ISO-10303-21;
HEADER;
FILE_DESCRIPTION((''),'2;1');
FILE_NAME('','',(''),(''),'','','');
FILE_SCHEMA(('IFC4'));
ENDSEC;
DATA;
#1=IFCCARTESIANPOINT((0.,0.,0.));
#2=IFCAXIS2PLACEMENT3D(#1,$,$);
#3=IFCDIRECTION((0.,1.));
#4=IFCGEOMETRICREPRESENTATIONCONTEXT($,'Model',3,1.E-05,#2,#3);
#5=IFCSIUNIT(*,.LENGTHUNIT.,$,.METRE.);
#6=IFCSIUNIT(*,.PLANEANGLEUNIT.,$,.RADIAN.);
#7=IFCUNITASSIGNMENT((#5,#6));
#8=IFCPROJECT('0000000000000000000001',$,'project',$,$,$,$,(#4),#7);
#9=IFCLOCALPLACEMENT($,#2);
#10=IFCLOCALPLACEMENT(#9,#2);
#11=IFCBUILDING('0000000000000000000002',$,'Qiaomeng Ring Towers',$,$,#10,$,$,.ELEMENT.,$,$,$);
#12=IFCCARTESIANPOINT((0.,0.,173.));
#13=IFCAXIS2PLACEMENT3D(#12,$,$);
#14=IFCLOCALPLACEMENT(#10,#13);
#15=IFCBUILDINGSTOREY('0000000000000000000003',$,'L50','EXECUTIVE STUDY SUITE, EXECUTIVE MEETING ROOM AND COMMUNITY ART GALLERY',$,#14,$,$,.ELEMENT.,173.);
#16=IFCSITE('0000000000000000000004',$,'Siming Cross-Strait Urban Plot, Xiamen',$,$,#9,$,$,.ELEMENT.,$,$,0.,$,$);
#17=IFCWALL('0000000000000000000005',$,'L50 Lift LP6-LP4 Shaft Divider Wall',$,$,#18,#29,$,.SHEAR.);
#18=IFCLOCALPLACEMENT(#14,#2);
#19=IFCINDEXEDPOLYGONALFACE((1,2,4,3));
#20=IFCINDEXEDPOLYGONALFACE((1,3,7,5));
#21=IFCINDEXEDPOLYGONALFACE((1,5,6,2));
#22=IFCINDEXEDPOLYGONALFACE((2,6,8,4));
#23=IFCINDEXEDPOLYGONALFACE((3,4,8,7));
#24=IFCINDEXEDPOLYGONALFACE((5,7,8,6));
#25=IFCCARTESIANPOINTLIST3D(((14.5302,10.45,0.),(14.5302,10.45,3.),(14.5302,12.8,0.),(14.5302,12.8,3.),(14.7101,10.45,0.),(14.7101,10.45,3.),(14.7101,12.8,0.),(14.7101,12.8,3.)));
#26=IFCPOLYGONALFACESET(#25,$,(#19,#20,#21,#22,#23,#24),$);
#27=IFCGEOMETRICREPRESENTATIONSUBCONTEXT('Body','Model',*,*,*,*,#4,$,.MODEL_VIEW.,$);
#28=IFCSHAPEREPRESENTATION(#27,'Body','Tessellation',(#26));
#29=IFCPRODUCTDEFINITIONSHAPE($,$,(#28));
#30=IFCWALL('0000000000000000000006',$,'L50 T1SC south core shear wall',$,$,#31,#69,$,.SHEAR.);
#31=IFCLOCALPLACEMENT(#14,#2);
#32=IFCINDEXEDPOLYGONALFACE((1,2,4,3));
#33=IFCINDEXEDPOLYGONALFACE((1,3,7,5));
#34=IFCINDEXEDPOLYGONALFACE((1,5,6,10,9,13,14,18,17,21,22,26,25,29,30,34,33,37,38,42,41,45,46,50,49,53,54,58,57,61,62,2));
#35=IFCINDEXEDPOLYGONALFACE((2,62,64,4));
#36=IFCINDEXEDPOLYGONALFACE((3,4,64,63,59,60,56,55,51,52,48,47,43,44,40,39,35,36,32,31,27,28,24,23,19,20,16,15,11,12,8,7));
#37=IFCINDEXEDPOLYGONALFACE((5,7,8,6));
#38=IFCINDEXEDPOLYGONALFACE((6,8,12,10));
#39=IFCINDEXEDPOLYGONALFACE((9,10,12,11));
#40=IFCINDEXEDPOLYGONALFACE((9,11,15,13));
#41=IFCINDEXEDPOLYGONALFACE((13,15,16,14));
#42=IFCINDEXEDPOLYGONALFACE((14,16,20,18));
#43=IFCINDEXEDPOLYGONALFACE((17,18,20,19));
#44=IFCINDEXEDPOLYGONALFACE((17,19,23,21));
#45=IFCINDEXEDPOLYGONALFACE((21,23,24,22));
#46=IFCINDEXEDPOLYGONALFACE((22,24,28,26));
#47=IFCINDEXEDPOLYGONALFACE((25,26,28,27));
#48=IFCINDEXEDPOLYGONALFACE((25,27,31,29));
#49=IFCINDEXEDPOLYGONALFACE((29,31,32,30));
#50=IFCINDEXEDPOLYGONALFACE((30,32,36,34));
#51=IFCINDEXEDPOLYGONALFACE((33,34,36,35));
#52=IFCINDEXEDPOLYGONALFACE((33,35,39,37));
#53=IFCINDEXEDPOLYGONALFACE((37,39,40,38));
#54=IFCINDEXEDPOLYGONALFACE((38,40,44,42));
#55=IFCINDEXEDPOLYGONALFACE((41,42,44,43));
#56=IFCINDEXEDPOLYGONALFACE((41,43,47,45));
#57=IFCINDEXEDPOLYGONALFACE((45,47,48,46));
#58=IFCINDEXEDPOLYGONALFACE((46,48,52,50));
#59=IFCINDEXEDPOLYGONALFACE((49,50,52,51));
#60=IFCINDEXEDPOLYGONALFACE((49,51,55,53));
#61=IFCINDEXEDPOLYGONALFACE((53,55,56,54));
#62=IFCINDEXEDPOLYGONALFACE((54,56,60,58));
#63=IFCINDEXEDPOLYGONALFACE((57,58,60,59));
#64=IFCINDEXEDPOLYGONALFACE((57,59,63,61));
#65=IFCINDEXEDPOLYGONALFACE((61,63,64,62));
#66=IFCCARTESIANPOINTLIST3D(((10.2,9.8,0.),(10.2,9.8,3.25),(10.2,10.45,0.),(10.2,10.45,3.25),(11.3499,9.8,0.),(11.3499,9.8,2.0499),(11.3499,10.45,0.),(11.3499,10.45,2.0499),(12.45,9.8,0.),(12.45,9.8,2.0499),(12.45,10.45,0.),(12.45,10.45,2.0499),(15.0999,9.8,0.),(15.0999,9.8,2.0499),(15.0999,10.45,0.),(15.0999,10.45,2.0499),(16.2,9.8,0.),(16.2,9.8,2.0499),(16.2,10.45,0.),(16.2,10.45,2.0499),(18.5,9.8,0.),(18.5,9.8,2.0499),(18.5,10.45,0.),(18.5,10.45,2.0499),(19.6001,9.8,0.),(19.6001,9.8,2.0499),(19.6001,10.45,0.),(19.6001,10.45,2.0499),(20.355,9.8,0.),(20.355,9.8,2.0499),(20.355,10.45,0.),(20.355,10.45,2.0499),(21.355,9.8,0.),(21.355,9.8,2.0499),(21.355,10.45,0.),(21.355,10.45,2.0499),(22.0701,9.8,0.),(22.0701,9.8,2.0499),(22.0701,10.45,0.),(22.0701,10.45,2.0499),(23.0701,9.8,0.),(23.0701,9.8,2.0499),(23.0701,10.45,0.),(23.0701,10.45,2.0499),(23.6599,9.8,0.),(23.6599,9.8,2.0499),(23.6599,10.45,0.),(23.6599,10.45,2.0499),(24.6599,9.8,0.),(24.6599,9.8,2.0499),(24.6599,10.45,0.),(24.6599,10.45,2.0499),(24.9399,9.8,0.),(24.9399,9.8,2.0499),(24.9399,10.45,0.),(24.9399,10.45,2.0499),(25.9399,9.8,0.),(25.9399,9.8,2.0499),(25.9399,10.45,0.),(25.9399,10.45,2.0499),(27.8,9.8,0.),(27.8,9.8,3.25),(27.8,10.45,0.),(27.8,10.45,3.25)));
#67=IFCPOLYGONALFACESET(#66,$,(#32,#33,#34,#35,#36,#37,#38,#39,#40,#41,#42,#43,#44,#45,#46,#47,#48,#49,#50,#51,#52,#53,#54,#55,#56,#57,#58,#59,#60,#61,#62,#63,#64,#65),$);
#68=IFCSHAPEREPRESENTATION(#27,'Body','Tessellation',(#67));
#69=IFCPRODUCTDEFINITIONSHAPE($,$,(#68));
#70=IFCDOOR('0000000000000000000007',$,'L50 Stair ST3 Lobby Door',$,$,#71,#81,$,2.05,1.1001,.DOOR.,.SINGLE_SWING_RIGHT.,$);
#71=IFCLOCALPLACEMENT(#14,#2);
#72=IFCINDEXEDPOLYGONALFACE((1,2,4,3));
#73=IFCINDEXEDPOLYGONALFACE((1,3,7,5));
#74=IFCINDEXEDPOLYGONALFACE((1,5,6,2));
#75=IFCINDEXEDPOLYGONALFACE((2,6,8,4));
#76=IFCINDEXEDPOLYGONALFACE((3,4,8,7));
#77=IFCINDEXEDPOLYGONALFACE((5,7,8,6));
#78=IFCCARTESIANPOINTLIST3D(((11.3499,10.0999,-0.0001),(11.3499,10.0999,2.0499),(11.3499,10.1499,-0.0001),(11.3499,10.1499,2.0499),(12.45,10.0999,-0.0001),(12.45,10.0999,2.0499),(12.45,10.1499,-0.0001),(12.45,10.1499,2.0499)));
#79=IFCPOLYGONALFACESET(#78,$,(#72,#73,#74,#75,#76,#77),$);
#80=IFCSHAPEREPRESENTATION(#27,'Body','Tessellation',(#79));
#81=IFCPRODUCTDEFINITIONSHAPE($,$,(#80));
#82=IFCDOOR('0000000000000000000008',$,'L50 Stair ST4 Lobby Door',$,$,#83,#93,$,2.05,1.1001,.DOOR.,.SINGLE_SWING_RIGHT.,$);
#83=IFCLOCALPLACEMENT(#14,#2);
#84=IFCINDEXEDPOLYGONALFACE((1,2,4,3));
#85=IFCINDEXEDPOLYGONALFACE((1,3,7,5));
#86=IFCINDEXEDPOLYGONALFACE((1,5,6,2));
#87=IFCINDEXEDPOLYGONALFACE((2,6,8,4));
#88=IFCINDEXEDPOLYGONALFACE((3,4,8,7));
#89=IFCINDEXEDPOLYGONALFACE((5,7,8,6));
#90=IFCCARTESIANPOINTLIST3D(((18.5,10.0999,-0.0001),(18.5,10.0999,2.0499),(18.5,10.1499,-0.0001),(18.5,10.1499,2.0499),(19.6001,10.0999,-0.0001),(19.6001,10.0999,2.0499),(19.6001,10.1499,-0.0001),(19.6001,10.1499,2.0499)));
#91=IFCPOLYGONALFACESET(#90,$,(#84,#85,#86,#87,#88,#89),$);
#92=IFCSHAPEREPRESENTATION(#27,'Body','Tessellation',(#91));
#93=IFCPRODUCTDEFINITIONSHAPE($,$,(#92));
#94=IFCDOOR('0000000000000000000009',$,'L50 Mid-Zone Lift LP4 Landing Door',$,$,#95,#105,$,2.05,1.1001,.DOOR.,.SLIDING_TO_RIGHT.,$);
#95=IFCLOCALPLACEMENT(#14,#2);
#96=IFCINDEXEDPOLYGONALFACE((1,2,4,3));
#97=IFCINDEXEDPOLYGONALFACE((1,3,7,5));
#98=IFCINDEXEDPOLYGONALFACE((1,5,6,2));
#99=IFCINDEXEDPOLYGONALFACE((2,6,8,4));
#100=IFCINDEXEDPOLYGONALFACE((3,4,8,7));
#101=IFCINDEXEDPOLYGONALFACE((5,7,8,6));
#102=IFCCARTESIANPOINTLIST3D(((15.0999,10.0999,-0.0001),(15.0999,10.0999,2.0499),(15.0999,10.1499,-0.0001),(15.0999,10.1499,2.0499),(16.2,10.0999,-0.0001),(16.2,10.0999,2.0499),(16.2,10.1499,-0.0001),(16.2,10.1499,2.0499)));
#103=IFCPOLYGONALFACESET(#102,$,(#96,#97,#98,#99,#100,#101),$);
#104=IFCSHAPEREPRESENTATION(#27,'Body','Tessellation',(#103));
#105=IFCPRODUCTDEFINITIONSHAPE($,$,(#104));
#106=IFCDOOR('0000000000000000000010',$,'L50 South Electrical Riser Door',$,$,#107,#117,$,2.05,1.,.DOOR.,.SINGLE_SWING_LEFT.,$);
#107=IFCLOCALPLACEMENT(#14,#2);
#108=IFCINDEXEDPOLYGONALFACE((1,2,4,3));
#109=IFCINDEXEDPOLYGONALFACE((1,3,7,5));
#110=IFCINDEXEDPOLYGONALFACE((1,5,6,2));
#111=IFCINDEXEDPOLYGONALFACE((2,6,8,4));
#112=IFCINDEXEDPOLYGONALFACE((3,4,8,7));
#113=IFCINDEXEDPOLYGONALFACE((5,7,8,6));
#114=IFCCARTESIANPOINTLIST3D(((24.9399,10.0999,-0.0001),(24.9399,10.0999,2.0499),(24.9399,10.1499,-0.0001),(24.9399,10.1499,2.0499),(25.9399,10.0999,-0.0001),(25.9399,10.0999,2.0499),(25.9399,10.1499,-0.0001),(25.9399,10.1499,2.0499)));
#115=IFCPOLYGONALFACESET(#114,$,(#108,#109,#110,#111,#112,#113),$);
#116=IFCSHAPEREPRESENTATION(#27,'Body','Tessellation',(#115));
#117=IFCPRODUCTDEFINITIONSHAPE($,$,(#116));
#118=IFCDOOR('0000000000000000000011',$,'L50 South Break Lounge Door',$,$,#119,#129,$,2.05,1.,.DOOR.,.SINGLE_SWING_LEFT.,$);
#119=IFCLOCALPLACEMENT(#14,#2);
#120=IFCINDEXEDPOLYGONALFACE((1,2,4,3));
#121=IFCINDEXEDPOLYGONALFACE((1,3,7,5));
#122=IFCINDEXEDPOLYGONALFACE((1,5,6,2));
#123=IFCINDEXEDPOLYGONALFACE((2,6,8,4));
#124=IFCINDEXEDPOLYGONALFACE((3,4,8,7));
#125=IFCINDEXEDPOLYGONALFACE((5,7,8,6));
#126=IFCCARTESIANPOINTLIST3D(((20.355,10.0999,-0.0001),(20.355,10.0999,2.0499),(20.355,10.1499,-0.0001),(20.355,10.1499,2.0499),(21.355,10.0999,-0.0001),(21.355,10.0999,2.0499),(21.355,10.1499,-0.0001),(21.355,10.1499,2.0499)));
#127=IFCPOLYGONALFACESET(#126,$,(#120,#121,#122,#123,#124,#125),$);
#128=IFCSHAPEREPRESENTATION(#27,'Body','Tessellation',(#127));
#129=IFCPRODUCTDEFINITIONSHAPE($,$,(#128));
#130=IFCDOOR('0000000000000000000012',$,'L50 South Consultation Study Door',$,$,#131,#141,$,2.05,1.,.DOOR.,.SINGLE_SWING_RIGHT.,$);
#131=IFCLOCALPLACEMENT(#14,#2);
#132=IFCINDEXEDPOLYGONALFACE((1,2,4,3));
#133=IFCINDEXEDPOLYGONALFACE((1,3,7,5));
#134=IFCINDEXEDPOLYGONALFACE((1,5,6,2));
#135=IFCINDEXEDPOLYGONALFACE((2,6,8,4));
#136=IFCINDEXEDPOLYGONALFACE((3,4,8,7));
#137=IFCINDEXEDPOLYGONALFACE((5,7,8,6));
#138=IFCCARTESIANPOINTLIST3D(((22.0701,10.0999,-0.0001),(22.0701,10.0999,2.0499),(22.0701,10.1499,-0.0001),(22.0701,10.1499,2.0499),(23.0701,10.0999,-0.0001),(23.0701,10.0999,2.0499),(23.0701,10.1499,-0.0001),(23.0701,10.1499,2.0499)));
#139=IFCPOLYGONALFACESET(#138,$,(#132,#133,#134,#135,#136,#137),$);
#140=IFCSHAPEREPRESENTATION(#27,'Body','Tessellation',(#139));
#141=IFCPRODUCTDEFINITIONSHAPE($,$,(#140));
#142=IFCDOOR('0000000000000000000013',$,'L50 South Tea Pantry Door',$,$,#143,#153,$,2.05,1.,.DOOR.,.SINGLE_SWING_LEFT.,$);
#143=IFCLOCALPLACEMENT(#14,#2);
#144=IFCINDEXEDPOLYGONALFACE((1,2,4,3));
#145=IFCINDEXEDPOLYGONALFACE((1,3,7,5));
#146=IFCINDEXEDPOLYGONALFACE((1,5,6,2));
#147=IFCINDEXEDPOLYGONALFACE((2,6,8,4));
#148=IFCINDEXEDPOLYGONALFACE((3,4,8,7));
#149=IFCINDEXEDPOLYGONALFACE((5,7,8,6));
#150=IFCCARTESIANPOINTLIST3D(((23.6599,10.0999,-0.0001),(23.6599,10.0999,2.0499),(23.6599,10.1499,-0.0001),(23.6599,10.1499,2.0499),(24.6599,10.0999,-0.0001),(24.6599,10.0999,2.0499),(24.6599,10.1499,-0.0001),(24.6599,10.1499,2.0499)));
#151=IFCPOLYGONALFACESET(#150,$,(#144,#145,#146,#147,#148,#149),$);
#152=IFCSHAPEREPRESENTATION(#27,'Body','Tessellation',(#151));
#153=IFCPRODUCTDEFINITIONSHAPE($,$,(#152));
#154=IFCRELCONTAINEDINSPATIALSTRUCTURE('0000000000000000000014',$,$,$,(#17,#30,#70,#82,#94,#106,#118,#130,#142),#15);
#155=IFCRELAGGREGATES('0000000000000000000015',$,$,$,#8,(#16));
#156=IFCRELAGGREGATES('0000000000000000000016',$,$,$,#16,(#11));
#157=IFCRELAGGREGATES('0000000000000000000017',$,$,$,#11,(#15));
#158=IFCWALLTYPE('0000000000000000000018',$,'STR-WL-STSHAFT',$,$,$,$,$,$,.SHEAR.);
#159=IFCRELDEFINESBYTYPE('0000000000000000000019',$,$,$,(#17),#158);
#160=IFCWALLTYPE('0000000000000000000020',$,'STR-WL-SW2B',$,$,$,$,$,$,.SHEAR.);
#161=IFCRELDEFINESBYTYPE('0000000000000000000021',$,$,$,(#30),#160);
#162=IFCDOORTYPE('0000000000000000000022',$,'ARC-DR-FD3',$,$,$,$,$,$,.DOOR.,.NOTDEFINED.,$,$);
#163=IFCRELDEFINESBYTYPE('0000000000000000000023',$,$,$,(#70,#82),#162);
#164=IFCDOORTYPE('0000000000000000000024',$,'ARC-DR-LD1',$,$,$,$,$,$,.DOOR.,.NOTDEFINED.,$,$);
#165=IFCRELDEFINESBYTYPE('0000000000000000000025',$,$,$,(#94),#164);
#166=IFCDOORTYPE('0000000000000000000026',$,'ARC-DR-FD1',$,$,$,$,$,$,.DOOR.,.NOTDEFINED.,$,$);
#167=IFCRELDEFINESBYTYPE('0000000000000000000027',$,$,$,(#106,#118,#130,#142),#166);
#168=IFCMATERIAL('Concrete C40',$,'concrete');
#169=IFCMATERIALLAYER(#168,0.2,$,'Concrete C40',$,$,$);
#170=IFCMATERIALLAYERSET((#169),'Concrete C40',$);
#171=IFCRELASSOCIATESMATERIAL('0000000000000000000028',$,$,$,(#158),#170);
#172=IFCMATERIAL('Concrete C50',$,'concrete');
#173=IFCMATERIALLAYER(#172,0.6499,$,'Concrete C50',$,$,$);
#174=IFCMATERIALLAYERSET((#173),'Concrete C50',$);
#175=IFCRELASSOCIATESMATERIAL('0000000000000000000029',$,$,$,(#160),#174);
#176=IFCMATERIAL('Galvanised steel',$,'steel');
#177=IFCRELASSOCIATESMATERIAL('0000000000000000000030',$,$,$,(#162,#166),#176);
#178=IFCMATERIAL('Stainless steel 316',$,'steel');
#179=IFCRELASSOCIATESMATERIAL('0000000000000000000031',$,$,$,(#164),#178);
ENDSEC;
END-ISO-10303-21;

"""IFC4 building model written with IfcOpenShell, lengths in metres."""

from ifc_helpers import new_model, si_unit, direction, frame, frame_2d, origin, place, context, subcontext, project, spatial, rectangle, extrude, source, transform, mapped, material, layer, layer_set, type_object, element, fill, save


model = new_model("IFC4")

# Units and contexts
model_context = context("Model", 3, precision=1e-05, world=origin(), true_north=direction((0.0, 1.0)))
body_context = subcontext(model_context, "Body", "Model", "MODEL_VIEW")
ifc_project = project(units=[si_unit("LENGTHUNIT", "METRE"), si_unit("PLANEANGLEUNIT", "RADIAN")], contexts=[model_context])

# Site, building, storey
site_placement = place(None, origin())
site = spatial("IfcSite", under=ifc_project, at=site_placement, Name="Siming Cross-Strait Urban Plot, Xiamen", CompositionType="ELEMENT", RefElevation=0.0)
building_placement = place(site_placement, origin())
building = spatial("IfcBuilding", under=site, at=building_placement, Name="Qiaomeng Ring Towers", CompositionType="ELEMENT")
storey_placement = place(building_placement, frame((0.0, 0.0, 173.0)))
storey = spatial("IfcBuildingStorey", under=building, at=storey_placement, Name="L50", Description="EXECUTIVE STUDY SUITE, EXECUTIVE MEETING ROOM AND COMMUNITY ART GALLERY", CompositionType="ELEMENT", Elevation=173.0)

# Shared definitions
shared_shape_1 = source(origin(), body_context, "Body", "SweptSolid", [
    extrude(rectangle(XDim=1.0, YDim=2.05, at=frame_2d((0.5, 1.0249))), frame((0.0, 0.0249, 0.0), z_axis=(0.0, -1.0, 0.0), x_axis=(1.0, 0.0, 0.0)), (0.0, 0.0, 1.0), 0.05),
])

# Wall
ifc_material_1 = material(Name="Concrete C40", Category="concrete")
ifc_layer_1 = layer(ifc_material_1, 0.2, Name="Concrete C40")
ifc_layer_set_1 = layer_set([ifc_layer_1], Name="Concrete C40")
wall_type_1 = type_object("IfcWallType", Name="STR-WL-STSHAFT", PredefinedType="SHEAR", material=ifc_layer_set_1)
wall_1_placement = place(storey_placement, frame((14.6201, 10.45, 0.0), z_axis=(0.0, 0.0, 1.0), x_axis=(0.0, 1.0, 0.0)))
element("IfcWall", 1, at=wall_1_placement, inside=storey, type_object=wall_type_1, Name="L50 Lift LP6-LP4 Shaft Divider Wall", PredefinedType="SHEAR", context=body_context, shape_type="SweptSolid", body=[
    extrude(rectangle(XDim=2.3501, YDim=0.1799, at=frame_2d((1.175, 0.0))), origin(), (0.0, 0.0, 1.0), 3.0),
])

# Wall, openings, doors
ifc_material_2 = material(Name="Concrete C50", Category="concrete")
ifc_layer_2 = layer(ifc_material_2, 0.6499, Name="Concrete C50")
ifc_layer_set_2 = layer_set([ifc_layer_2], Name="Concrete C50")
wall_type_2 = type_object("IfcWallType", Name="STR-WL-SW2B", PredefinedType="SHEAR", material=ifc_layer_set_2)
wall_2_placement = place(storey_placement, frame((10.2, 10.125, 0.0), z_axis=(0.0, 0.0, 1.0), x_axis=(1.0, 0.0, 0.0)))
wall_2 = element("IfcWall", 2, at=wall_2_placement, inside=storey, type_object=wall_type_2, Name="L50 T1SC south core shear wall", PredefinedType="SHEAR", context=body_context, shape_type="SweptSolid", body=[
    extrude(rectangle(XDim=17.6001, YDim=0.6499, at=frame_2d((8.8, 0.0))), origin(), (0.0, 0.0, 1.0), 3.25),
])
opening_1_placement = place(wall_2_placement, frame((1.1499, 0.0, 0.0)))
opening_1 = element("IfcOpeningElement", 3, at=opening_1_placement, cuts=wall_2, PredefinedType="OPENING", context=body_context, shape_type="SweptSolid", body=[
    extrude(rectangle(XDim=1.1001, YDim=2.05, at=frame_2d((0.55, 1.0249))), frame((0.0, 0.335, 0.0), z_axis=(0.0, -1.0, 0.0), x_axis=(1.0, 0.0, 0.0)), (0.0, 0.0, 1.0), 0.6699),
])
opening_2_placement = place(wall_2_placement, frame((8.3, 0.0, 0.0)))
opening_2 = element("IfcOpeningElement", 4, at=opening_2_placement, cuts=wall_2, PredefinedType="OPENING", context=body_context, shape_type="SweptSolid", body=[
    extrude(rectangle(XDim=1.1001, YDim=2.05, at=frame_2d((0.55, 1.0249))), frame((0.0, 0.335, 0.0), z_axis=(0.0, -1.0, 0.0), x_axis=(1.0, 0.0, 0.0)), (0.0, 0.0, 1.0), 0.6699),
])
opening_3_placement = place(wall_2_placement, frame((4.8999, 0.0, 0.0)))
opening_3 = element("IfcOpeningElement", 5, at=opening_3_placement, cuts=wall_2, PredefinedType="OPENING", context=body_context, shape_type="SweptSolid", body=[
    extrude(rectangle(XDim=1.1001, YDim=2.05, at=frame_2d((0.55, 1.0249))), frame((0.0, 0.335, 0.0), z_axis=(0.0, -1.0, 0.0), x_axis=(1.0, 0.0, 0.0)), (0.0, 0.0, 1.0), 0.6699),
])
opening_4_placement = place(wall_2_placement, frame((14.74, 0.0, 0.0)))
opening_4 = element("IfcOpeningElement", 6, at=opening_4_placement, cuts=wall_2, PredefinedType="OPENING", context=body_context, shape_type="SweptSolid", body=[
    extrude(rectangle(XDim=1.0, YDim=2.05, at=frame_2d((0.5, 1.0249))), frame((0.0, 0.335, 0.0), z_axis=(0.0, -1.0, 0.0), x_axis=(1.0, 0.0, 0.0)), (0.0, 0.0, 1.0), 0.6699),
])
opening_5_placement = place(wall_2_placement, frame((10.155, 0.0, 0.0)))
opening_5 = element("IfcOpeningElement", 7, at=opening_5_placement, cuts=wall_2, PredefinedType="OPENING", context=body_context, shape_type="SweptSolid", body=[
    extrude(rectangle(XDim=1.0, YDim=2.05, at=frame_2d((0.5, 1.0249))), frame((0.0, 0.335, 0.0), z_axis=(0.0, -1.0, 0.0), x_axis=(1.0, 0.0, 0.0)), (0.0, 0.0, 1.0), 0.6699),
])
opening_6_placement = place(wall_2_placement, frame((11.8701, 0.0, 0.0)))
opening_6 = element("IfcOpeningElement", 8, at=opening_6_placement, cuts=wall_2, PredefinedType="OPENING", context=body_context, shape_type="SweptSolid", body=[
    extrude(rectangle(XDim=1.0, YDim=2.05, at=frame_2d((0.5, 1.0249))), frame((0.0, 0.335, 0.0), z_axis=(0.0, -1.0, 0.0), x_axis=(1.0, 0.0, 0.0)), (0.0, 0.0, 1.0), 0.6699),
])
opening_7_placement = place(wall_2_placement, frame((13.46, 0.0, 0.0)))
opening_7 = element("IfcOpeningElement", 9, at=opening_7_placement, cuts=wall_2, PredefinedType="OPENING", context=body_context, shape_type="SweptSolid", body=[
    extrude(rectangle(XDim=1.0, YDim=2.05, at=frame_2d((0.5, 1.0249))), frame((0.0, 0.335, 0.0), z_axis=(0.0, -1.0, 0.0), x_axis=(1.0, 0.0, 0.0)), (0.0, 0.0, 1.0), 0.6699),
])
ifc_material_3 = material(Name="Galvanised steel", Category="steel")
door_type_1 = type_object("IfcDoorType", Name="ARC-DR-FD3", OperationType="NOTDEFINED", PredefinedType="DOOR", material=ifc_material_3)
shared_shape_2 = source(origin(), body_context, "Body", "SweptSolid", [
    extrude(rectangle(XDim=1.1001, YDim=2.05, at=frame_2d((0.55, 1.0249))), frame((0.0, 0.0249, 0.0), z_axis=(0.0, -1.0, 0.0), x_axis=(1.0, 0.0, 0.0)), (0.0, 0.0, 1.0), 0.05),
])
door_1_placement = place(opening_1_placement, origin())
door_1 = element("IfcDoor", 10, at=door_1_placement, inside=storey, type_object=door_type_1, Name="L50 Stair ST3 Lobby Door", OperationType="SINGLE_SWING_RIGHT", OverallHeight=2.05, OverallWidth=1.1001, PredefinedType="DOOR", context=body_context, shape_type="MappedRepresentation", body=[
    mapped(shared_shape_2, transform((0.0, 0.0, 0.0), x_axis=(1.0, 0.0, 0.0), y_axis=(0.0, 1.0, 0.0), z_axis=(0.0, 0.0, 1.0), scale=1.0)),
])
fill(opening_1, door_1)
door_2_placement = place(opening_2_placement, origin())
door_2 = element("IfcDoor", 11, at=door_2_placement, inside=storey, type_object=door_type_1, Name="L50 Stair ST4 Lobby Door", OperationType="SINGLE_SWING_RIGHT", OverallHeight=2.05, OverallWidth=1.1001, PredefinedType="DOOR", context=body_context, shape_type="MappedRepresentation", body=[
    mapped(shared_shape_2, transform((0.0, 0.0, 0.0), x_axis=(1.0, 0.0, 0.0), y_axis=(0.0, 1.0, 0.0), z_axis=(0.0, 0.0, 1.0), scale=1.0)),
])
fill(opening_2, door_2)
ifc_material_4 = material(Name="Stainless steel 316", Category="steel")
door_type_2 = type_object("IfcDoorType", Name="ARC-DR-LD1", OperationType="NOTDEFINED", PredefinedType="DOOR", material=ifc_material_4)
door_3_placement = place(opening_3_placement, origin())
door_3 = element("IfcDoor", 12, at=door_3_placement, inside=storey, type_object=door_type_2, Name="L50 Mid-Zone Lift LP4 Landing Door", OperationType="SLIDING_TO_RIGHT", OverallHeight=2.05, OverallWidth=1.1001, PredefinedType="DOOR", context=body_context, shape_type="MappedRepresentation", body=[
    mapped(shared_shape_2, transform((0.0, 0.0, 0.0), x_axis=(1.0, 0.0, 0.0), y_axis=(0.0, 1.0, 0.0), z_axis=(0.0, 0.0, 1.0), scale=1.0)),
])
fill(opening_3, door_3)
door_type_3 = type_object("IfcDoorType", Name="ARC-DR-FD1", OperationType="NOTDEFINED", PredefinedType="DOOR", material=ifc_material_3)
door_4_placement = place(opening_4_placement, origin())
door_4 = element("IfcDoor", 13, at=door_4_placement, inside=storey, type_object=door_type_3, Name="L50 South Electrical Riser Door", OperationType="SINGLE_SWING_LEFT", OverallHeight=2.05, OverallWidth=1.0, PredefinedType="DOOR", context=body_context, shape_type="MappedRepresentation", body=[
    mapped(shared_shape_1, transform((0.0, 0.0, 0.0), x_axis=(1.0, 0.0, 0.0), y_axis=(0.0, 1.0, 0.0), z_axis=(0.0, 0.0, 1.0), scale=1.0)),
])
fill(opening_4, door_4)
door_5_placement = place(opening_5_placement, origin())
door_5 = element("IfcDoor", 14, at=door_5_placement, inside=storey, type_object=door_type_3, Name="L50 South Break Lounge Door", OperationType="SINGLE_SWING_LEFT", OverallHeight=2.05, OverallWidth=1.0, PredefinedType="DOOR", context=body_context, shape_type="MappedRepresentation", body=[
    mapped(shared_shape_1, transform((0.0, 0.0, 0.0), x_axis=(1.0, 0.0, 0.0), y_axis=(0.0, 1.0, 0.0), z_axis=(0.0, 0.0, 1.0), scale=1.0)),
])
fill(opening_5, door_5)
door_6_placement = place(opening_6_placement, origin())
door_6 = element("IfcDoor", 15, at=door_6_placement, inside=storey, type_object=door_type_3, Name="L50 South Consultation Study Door", OperationType="SINGLE_SWING_RIGHT", OverallHeight=2.05, OverallWidth=1.0, PredefinedType="DOOR", context=body_context, shape_type="MappedRepresentation", body=[
    mapped(shared_shape_1, transform((0.0, 0.0, 0.0), x_axis=(1.0, 0.0, 0.0), y_axis=(0.0, 1.0, 0.0), z_axis=(0.0, 0.0, 1.0), scale=1.0)),
])
fill(opening_6, door_6)
door_7_placement = place(opening_7_placement, origin())
door_7 = element("IfcDoor", 16, at=door_7_placement, inside=storey, type_object=door_type_3, Name="L50 South Tea Pantry Door", OperationType="SINGLE_SWING_LEFT", OverallHeight=2.05, OverallWidth=1.0, PredefinedType="DOOR", context=body_context, shape_type="MappedRepresentation", body=[
    mapped(shared_shape_1, transform((0.0, 0.0, 0.0), x_axis=(1.0, 0.0, 0.0), y_axis=(0.0, 1.0, 0.0), z_axis=(0.0, 0.0, 1.0), scale=1.0)),
])
fill(opening_7, door_7)

save(model, "model.ifc")
